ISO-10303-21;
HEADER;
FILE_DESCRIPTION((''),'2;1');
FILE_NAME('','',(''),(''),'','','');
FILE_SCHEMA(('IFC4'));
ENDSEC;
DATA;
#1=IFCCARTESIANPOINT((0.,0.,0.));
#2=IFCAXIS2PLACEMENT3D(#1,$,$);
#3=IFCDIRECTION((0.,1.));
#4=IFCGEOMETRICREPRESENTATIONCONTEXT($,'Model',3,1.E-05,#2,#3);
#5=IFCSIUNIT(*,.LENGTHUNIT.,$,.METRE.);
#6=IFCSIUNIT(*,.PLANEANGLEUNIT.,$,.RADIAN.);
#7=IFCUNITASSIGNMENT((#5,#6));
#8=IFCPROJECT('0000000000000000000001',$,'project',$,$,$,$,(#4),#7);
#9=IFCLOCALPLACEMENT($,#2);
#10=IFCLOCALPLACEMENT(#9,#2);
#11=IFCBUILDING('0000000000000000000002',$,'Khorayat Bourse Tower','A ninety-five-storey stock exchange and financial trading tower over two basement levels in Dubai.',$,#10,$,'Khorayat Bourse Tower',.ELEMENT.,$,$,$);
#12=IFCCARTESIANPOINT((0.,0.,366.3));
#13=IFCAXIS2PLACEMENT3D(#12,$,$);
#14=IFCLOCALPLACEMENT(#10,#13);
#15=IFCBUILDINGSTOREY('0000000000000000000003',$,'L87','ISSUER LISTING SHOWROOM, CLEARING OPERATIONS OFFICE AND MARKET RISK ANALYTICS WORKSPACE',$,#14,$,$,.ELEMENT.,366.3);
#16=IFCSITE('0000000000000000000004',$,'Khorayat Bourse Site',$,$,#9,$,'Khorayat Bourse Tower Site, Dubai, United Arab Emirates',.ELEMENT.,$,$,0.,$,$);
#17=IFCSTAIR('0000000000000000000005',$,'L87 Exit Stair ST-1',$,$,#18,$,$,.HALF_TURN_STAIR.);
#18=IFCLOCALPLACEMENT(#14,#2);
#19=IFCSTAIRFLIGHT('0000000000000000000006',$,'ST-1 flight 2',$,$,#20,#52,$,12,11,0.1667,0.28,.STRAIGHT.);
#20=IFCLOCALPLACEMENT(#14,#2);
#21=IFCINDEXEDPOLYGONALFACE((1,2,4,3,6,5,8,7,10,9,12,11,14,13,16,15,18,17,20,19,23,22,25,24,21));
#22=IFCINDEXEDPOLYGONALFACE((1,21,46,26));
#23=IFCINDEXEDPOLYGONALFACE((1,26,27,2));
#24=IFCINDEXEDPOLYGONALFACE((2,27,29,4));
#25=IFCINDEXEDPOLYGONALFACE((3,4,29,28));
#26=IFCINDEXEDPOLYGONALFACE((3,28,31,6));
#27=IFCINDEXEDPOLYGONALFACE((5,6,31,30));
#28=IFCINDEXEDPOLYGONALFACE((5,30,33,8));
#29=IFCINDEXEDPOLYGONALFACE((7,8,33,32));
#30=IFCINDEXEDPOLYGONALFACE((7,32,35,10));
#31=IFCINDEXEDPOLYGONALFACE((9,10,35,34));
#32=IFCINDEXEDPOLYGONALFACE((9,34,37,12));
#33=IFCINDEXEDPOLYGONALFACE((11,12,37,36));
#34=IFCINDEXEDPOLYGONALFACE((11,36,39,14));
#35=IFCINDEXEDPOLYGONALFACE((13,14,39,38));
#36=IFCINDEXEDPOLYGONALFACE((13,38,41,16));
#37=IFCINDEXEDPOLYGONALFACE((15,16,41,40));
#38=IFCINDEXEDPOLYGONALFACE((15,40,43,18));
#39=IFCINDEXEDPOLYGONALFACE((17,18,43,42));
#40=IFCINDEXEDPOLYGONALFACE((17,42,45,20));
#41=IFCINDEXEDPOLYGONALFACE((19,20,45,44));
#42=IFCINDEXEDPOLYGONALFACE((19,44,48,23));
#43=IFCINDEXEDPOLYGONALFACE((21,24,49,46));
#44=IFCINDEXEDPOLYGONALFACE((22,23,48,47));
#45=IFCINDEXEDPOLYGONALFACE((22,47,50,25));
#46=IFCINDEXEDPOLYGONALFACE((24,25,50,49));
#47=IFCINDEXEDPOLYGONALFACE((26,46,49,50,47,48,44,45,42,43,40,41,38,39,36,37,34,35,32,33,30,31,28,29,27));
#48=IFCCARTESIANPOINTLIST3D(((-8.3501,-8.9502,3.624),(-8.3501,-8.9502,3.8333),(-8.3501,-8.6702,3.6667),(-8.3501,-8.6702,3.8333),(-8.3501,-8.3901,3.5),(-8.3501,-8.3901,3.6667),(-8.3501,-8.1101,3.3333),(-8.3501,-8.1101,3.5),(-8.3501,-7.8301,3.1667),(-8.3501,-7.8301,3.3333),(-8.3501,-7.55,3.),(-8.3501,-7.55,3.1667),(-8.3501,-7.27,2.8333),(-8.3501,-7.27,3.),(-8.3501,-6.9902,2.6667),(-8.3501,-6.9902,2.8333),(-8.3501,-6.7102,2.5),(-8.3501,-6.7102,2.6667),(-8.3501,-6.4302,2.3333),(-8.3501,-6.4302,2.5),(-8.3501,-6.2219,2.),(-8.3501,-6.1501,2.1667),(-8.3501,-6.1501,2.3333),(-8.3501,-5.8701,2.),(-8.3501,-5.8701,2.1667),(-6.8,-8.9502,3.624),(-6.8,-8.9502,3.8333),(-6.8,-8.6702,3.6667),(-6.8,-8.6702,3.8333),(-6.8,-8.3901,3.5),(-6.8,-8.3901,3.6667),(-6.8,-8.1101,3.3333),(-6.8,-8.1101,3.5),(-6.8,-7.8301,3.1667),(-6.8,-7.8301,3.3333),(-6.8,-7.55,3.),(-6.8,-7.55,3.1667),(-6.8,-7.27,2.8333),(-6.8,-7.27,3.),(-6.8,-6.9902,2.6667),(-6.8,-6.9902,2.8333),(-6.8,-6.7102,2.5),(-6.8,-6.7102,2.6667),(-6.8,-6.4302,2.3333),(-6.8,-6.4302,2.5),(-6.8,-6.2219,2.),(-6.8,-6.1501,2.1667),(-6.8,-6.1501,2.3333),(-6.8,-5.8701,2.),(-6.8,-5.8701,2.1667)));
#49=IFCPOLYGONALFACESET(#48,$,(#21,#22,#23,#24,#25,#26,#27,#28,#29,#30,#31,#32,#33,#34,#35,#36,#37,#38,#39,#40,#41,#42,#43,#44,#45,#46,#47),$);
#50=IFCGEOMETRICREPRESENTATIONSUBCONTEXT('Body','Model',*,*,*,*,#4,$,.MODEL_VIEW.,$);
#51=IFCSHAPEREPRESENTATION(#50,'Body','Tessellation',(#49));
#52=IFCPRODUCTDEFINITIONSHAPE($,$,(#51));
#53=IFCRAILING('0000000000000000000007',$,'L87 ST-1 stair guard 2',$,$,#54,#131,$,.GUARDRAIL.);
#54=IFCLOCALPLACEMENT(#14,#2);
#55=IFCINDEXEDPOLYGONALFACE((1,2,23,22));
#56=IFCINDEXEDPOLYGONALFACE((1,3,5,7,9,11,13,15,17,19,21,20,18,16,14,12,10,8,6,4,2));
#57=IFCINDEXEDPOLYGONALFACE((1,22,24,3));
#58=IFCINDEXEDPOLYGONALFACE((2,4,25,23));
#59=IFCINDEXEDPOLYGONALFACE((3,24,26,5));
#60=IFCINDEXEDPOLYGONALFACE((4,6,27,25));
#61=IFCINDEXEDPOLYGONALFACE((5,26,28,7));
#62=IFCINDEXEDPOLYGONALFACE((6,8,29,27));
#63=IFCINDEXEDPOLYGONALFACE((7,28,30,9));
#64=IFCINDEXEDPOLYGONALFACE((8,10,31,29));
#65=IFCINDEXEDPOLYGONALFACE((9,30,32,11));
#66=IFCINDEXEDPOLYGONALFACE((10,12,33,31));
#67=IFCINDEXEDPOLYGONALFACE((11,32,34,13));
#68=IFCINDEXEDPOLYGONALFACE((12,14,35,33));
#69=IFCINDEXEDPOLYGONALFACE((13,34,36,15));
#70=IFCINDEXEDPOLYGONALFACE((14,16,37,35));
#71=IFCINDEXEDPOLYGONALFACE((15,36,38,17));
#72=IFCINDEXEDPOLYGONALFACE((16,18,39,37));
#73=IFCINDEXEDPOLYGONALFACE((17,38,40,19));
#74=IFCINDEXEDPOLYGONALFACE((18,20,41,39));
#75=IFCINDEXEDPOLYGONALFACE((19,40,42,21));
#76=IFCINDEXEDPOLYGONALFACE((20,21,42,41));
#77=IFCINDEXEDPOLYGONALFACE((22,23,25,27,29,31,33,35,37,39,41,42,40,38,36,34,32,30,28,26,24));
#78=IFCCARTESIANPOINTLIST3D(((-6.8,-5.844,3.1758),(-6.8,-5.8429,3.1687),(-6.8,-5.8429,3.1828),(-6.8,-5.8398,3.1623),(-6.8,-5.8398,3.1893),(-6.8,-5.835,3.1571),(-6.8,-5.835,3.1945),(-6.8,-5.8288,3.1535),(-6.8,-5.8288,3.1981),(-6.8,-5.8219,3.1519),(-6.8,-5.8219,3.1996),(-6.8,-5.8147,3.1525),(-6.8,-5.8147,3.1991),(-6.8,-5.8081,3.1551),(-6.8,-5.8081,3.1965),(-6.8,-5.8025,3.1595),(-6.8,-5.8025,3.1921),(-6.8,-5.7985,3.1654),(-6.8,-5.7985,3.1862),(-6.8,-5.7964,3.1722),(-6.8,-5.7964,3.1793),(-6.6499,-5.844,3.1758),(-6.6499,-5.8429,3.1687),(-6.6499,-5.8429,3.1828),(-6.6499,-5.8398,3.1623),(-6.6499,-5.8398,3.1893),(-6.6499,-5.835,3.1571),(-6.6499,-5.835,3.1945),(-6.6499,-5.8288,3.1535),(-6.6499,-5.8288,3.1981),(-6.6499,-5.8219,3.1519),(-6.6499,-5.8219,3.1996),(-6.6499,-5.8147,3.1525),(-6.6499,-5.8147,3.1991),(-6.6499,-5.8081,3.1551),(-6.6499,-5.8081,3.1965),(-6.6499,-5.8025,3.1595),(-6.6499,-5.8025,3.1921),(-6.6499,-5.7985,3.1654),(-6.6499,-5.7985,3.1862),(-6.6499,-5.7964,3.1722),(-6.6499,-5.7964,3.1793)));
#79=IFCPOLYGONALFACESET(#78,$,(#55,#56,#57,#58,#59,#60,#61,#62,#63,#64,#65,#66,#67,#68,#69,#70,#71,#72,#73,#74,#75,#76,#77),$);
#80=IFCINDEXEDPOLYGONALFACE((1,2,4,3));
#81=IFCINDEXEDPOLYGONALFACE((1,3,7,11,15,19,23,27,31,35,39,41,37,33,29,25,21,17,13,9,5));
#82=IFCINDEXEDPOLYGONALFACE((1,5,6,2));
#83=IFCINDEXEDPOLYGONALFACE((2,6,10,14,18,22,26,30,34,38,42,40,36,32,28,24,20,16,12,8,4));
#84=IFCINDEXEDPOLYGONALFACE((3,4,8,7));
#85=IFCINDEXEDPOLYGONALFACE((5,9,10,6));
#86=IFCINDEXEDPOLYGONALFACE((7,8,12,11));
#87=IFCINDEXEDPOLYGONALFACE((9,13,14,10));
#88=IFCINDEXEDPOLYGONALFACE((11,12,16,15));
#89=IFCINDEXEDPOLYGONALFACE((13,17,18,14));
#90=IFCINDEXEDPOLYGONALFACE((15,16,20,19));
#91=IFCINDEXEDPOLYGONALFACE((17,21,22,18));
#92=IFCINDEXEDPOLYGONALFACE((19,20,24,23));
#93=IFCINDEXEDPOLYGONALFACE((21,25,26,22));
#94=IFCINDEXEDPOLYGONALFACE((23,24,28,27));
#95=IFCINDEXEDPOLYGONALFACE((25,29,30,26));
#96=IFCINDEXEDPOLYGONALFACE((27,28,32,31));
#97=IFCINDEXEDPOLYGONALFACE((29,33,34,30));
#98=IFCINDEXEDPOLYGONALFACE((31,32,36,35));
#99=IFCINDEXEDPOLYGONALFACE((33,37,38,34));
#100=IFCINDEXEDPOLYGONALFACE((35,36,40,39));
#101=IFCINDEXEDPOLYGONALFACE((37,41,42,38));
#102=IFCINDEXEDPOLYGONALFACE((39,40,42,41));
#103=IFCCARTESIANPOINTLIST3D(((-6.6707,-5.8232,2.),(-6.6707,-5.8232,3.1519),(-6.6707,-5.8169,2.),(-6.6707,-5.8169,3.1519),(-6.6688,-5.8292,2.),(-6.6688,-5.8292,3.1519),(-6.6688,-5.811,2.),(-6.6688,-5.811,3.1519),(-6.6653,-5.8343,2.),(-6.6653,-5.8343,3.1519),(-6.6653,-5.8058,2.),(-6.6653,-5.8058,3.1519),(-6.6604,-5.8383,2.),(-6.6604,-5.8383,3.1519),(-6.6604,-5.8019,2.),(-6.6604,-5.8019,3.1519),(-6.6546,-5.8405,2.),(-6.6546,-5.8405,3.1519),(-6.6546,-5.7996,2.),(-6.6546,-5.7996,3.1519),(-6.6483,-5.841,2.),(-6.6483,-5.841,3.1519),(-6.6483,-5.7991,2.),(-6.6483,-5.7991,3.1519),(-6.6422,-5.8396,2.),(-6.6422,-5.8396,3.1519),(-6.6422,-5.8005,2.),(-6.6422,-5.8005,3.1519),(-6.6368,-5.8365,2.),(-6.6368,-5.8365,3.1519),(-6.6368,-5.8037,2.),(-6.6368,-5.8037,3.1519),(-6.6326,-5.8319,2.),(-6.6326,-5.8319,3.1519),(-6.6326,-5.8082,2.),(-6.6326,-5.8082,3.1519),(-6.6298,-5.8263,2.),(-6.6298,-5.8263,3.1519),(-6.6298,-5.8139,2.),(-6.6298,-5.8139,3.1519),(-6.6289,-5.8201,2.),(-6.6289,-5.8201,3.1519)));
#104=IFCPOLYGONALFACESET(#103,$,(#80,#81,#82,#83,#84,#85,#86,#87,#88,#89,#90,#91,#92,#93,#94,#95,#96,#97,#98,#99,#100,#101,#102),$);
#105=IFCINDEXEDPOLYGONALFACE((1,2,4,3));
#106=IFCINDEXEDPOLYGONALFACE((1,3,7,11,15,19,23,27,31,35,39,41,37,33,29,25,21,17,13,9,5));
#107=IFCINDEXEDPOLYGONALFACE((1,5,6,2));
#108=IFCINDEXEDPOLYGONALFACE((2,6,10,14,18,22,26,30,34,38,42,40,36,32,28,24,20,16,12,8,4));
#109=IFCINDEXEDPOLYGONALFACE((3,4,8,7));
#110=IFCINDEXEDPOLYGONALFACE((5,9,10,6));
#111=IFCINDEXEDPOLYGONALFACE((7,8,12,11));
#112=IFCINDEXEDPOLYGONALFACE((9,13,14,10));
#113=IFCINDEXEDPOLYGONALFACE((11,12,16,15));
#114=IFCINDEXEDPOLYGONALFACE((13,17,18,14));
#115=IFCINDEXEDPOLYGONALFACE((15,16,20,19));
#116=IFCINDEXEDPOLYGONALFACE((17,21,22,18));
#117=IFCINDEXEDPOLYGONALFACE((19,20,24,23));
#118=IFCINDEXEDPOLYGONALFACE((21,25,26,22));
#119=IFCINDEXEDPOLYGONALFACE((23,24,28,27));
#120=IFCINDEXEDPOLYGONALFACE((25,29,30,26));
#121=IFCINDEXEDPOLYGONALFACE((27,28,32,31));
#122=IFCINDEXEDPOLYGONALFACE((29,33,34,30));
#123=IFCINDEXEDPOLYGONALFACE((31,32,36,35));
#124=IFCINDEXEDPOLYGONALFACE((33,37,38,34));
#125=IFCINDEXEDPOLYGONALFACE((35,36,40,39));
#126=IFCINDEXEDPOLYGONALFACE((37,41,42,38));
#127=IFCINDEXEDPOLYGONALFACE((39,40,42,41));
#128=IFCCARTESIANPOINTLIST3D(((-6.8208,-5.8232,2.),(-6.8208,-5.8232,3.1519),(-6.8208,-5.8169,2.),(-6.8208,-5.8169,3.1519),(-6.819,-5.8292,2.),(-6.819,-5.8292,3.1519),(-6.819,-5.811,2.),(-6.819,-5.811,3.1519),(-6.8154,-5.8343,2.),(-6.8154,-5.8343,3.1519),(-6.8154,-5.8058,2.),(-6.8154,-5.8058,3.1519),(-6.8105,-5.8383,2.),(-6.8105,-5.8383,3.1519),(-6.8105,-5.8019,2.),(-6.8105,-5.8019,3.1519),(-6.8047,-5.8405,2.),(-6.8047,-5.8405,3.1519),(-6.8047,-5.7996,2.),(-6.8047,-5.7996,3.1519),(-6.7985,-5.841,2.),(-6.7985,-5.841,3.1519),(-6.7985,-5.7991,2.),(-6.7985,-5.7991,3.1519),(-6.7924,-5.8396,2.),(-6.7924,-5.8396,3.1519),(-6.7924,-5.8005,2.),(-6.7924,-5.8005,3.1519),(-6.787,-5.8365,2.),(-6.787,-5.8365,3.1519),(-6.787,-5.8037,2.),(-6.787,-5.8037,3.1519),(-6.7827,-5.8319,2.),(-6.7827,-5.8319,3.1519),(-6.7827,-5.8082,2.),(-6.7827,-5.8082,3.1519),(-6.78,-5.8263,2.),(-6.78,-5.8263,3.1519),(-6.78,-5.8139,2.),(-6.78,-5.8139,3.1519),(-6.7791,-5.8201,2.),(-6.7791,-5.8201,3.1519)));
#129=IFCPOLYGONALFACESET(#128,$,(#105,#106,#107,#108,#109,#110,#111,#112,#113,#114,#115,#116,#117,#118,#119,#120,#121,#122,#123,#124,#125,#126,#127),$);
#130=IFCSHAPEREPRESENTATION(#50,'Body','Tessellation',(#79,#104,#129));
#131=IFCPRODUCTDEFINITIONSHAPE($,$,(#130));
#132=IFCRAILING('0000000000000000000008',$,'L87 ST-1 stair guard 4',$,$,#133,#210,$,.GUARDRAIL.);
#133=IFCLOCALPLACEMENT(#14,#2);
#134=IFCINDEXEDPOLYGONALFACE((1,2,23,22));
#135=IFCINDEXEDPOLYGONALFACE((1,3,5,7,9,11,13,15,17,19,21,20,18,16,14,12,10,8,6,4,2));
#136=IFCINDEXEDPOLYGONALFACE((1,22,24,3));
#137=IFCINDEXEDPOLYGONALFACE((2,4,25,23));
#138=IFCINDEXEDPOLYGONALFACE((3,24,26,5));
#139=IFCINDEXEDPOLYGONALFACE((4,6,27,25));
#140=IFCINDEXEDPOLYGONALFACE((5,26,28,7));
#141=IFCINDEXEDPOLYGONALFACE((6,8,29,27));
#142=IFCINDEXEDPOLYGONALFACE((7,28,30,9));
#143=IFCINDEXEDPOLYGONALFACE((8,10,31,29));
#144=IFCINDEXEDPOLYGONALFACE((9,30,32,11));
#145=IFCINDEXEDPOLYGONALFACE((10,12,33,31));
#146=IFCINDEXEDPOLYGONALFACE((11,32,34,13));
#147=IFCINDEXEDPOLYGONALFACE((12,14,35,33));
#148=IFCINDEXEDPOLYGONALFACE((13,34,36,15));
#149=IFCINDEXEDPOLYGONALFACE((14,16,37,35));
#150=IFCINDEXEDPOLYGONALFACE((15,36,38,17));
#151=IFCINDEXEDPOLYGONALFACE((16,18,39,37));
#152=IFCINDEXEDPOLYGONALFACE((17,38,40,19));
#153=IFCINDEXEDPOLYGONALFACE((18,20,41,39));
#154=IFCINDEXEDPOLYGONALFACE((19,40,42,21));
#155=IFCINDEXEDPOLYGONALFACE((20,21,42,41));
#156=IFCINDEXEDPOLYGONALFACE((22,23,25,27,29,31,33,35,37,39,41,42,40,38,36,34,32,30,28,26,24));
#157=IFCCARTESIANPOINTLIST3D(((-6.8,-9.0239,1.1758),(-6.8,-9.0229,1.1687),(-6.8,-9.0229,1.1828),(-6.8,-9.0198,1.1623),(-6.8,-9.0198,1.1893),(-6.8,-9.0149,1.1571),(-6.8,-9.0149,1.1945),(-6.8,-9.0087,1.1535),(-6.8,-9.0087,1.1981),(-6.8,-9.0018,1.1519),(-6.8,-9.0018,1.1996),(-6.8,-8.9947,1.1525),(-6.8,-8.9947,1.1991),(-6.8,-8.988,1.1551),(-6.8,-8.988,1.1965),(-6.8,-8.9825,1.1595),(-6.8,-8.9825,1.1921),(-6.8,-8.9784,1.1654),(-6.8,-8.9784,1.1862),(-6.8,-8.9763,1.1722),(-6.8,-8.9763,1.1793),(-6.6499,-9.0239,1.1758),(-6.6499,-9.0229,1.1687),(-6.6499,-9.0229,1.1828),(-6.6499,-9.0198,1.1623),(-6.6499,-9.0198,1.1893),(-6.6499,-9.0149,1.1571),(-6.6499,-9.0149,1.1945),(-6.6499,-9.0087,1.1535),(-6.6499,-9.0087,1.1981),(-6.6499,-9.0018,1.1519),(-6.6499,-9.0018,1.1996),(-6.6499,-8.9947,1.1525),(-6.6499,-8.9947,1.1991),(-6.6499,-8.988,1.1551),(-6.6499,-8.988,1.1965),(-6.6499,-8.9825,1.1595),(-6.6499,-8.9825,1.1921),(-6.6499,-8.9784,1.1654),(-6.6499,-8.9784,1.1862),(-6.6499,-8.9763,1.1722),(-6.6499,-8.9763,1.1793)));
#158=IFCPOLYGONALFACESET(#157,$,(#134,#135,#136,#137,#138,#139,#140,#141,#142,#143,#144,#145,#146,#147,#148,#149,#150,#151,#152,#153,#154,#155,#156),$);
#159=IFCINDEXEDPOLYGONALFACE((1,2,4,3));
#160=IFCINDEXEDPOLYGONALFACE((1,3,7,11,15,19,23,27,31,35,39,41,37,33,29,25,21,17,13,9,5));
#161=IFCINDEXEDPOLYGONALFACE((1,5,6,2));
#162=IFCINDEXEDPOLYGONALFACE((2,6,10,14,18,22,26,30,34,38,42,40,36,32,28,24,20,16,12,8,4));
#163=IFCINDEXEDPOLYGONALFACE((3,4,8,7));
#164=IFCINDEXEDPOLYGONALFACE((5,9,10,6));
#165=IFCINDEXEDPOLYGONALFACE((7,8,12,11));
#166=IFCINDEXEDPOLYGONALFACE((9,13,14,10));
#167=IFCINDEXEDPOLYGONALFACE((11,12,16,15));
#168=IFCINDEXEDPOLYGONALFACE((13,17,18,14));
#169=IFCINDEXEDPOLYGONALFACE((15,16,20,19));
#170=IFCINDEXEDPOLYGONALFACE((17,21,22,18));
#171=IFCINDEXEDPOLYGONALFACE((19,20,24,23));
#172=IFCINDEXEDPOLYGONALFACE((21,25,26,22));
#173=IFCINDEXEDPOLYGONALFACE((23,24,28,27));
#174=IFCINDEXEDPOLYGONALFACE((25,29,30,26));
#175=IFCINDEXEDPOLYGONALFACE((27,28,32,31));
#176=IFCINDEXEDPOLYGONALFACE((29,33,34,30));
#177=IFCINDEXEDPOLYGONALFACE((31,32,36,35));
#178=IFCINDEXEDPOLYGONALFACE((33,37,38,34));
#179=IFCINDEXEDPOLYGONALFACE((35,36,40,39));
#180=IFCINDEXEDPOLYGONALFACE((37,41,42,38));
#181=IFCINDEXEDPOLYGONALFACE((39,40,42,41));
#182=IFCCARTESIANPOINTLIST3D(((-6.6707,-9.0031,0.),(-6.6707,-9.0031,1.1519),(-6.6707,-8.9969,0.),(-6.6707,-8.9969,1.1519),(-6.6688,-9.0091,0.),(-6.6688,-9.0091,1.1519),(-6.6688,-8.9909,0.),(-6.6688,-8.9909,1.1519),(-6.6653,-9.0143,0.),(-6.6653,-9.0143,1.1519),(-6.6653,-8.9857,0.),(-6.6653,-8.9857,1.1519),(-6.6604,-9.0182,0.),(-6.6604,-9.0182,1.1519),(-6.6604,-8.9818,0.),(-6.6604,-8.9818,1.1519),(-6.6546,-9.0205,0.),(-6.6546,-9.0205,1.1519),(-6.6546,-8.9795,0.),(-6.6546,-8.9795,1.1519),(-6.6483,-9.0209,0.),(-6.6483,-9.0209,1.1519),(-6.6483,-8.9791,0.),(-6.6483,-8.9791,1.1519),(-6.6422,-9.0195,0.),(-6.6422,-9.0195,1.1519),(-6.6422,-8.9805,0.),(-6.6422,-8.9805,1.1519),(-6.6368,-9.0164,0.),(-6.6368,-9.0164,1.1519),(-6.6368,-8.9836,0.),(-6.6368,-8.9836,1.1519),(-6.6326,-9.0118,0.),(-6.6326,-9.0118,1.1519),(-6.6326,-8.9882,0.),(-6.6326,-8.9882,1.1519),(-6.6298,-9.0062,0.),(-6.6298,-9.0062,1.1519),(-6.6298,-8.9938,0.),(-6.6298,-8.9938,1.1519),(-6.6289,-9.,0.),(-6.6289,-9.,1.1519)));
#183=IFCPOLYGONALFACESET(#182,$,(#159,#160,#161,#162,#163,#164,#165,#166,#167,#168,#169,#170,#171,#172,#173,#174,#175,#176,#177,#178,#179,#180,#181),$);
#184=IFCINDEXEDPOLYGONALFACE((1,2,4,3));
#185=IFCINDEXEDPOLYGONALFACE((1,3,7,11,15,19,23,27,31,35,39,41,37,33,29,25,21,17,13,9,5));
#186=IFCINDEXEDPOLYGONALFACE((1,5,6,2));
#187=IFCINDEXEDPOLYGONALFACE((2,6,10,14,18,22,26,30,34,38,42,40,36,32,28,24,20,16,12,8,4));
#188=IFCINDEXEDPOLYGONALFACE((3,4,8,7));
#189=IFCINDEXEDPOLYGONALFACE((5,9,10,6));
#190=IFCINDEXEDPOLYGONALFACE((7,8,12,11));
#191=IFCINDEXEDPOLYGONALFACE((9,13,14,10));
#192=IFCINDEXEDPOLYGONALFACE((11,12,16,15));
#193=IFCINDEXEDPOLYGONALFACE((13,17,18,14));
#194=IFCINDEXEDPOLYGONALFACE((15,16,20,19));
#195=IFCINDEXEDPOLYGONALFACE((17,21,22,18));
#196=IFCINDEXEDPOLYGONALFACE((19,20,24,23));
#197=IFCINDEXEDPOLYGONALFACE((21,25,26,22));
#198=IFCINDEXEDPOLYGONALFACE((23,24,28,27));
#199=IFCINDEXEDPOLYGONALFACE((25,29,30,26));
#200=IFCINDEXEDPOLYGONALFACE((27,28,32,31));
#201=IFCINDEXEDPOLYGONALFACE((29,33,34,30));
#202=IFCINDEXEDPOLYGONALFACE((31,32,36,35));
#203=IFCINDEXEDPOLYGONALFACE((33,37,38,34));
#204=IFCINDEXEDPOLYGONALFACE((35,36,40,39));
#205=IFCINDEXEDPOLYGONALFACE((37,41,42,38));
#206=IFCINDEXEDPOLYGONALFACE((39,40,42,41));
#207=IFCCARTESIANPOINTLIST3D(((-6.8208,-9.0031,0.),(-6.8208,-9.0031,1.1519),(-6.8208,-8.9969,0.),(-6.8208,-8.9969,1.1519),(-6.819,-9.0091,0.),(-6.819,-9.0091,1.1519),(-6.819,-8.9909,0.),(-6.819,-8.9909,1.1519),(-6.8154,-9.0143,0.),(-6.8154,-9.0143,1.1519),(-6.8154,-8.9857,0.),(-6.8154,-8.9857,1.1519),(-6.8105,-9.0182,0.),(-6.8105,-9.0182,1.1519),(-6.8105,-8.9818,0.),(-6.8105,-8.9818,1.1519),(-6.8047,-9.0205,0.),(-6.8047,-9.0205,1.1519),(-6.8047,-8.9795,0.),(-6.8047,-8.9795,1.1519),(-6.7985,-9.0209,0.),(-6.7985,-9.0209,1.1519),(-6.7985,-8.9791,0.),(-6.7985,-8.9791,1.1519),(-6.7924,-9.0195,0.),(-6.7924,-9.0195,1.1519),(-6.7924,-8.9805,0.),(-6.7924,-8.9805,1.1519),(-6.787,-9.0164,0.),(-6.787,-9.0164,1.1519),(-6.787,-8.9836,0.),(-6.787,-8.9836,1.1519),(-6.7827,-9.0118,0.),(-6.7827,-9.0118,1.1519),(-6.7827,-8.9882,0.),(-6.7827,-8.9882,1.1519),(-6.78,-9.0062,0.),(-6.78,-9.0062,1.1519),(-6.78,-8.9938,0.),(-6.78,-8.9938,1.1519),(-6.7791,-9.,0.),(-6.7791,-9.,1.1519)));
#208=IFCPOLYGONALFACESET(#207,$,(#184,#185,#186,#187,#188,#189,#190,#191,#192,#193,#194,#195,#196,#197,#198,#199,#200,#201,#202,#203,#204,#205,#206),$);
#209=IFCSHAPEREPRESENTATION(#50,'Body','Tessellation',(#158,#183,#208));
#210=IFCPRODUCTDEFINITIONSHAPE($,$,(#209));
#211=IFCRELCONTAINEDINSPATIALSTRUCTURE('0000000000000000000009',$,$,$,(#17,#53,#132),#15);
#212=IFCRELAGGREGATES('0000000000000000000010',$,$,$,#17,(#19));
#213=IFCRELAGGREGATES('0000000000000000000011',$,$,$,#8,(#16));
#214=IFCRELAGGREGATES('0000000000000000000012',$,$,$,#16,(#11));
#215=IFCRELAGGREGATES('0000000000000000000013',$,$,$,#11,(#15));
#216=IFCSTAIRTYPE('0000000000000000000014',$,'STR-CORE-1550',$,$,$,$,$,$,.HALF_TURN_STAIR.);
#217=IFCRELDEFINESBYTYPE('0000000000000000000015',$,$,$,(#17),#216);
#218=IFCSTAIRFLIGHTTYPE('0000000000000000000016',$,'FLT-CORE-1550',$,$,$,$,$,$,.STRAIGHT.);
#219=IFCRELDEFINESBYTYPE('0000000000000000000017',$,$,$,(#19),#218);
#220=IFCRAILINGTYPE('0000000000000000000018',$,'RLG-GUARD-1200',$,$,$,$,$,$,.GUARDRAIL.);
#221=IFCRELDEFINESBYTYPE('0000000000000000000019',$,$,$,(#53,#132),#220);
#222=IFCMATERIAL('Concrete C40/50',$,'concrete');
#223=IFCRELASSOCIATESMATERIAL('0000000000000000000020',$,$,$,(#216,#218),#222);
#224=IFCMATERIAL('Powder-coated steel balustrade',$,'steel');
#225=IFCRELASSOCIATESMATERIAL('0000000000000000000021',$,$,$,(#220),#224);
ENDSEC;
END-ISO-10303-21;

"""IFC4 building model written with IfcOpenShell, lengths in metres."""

from ifc_helpers import new_model, si_unit, direction, frame, origin, origin_2d, place, context, subcontext, project, spatial, polyline, circle, outline, extrude, source, transform, mapped, material, type_object, element, aggregate, save


model = new_model("IFC4")

# Units and contexts
model_context = context("Model", 3, precision=1e-05, world=origin(), true_north=direction((0.0, 1.0)))
body_context = subcontext(model_context, "Body", "Model", "MODEL_VIEW")
ifc_project = project(units=[si_unit("LENGTHUNIT", "METRE"), si_unit("PLANEANGLEUNIT", "RADIAN")], contexts=[model_context])

# Site, building, storey
site_placement = place(None, origin())
site = spatial("IfcSite", under=ifc_project, at=site_placement, Name="Khorayat Bourse Site", LongName="Khorayat Bourse Tower Site, Dubai, United Arab Emirates", CompositionType="ELEMENT", RefElevation=0.0)
building_placement = place(site_placement, origin())
building = spatial("IfcBuilding", under=site, at=building_placement, Name="Khorayat Bourse Tower", Description="A ninety-five-storey stock exchange and financial trading tower over two basement levels in Dubai.", LongName="Khorayat Bourse Tower", CompositionType="ELEMENT")
storey_placement = place(building_placement, frame((0.0, 0.0, 366.3)))
storey = spatial("IfcBuildingStorey", under=building, at=storey_placement, Name="L87", Description="ISSUER LISTING SHOWROOM, CLEARING OPERATIONS OFFICE AND MARKET RISK ANALYTICS WORKSPACE", CompositionType="ELEMENT", Elevation=366.3)

# Stair, stair flight
ifc_material_1 = material(Name="Concrete C40/50", Category="concrete")
stair_type = type_object("IfcStairType", Name="STR-CORE-1550", PredefinedType="HALF_TURN_STAIR", material=ifc_material_1)
stair_placement = place(storey_placement, origin())
stair = element("IfcStair", 1, at=stair_placement, inside=storey, type_object=stair_type, Name="L87 Exit Stair ST-1", PredefinedType="HALF_TURN_STAIR")
stair_flight_type = type_object("IfcStairFlightType", Name="FLT-CORE-1550", PredefinedType="STRAIGHT", material=ifc_material_1)
shared_shape_1 = source(origin(), body_context, "Body", "SweptSolid", [
    extrude(outline(polyline([(0.0, 0.0), (0.0, 0.1667), (0.28, 0.1667), (0.28, 0.3333), (0.5601, 0.3333), (0.5601, 0.5), (0.8401, 0.5), (0.8401, 0.6667), (1.1201, 0.6667), (1.1201, 0.8333), (1.3999, 0.8333), (1.3999, 1.0), (1.6799, 1.0), (1.6799, 1.1667), (1.96, 1.1667), (1.96, 1.3333), (2.24, 1.3333), (2.24, 1.5), (2.52, 1.5), (2.52, 1.6667), (2.8, 1.6667), (2.8, 1.8333), (3.0801, 1.8333), (3.0801, 2.0), (3.0801, 1.624), (0.3518, 0.0), (0.0, 0.0)])), frame((0.0, 0.7749, 0.0), z_axis=(0.0, -1.0, 0.0), x_axis=(1.0, 0.0, 0.0)), (0.0, 0.0, 1.0), 1.55),
])
stair_flight_1_placement = place(storey_placement, frame((-7.575, -5.8701, 2.0), z_axis=(0.0, 0.0, 1.0), x_axis=(0.0, -1.0, 0.0)))
stair_flight_1 = element("IfcStairFlight", 2, at=stair_flight_1_placement, type_object=stair_flight_type, Name="ST-1 flight 2", NumberOfRisers=12, NumberOfTreads=11, PredefinedType="STRAIGHT", RiserHeight=0.1667, TreadLength=0.28, context=body_context, shape_type="MappedRepresentation", body=[
    mapped(shared_shape_1, transform((0.0, 0.0, 0.0), scale=1.0)),
])
aggregate(stair, [stair_flight_1])

# Railings
ifc_material_2 = material(Name="Powder-coated steel balustrade", Category="steel")
railing_type_1 = type_object("IfcRailingType", Name="RLG-GUARD-1200", PredefinedType="GUARDRAIL", material=ifc_material_2)
shared_shape_2 = source(origin(), body_context, "Body", "SweptSolid", [
    extrude(circle(Radius=0.0239, at=origin_2d()), frame((0.0, 0.0, 1.1758), z_axis=(-1.0, 0.0, 0.0), x_axis=(0.0, -1.0, 0.0)), (0.0, 0.0, 1.0), 0.1501),
    extrude(circle(Radius=0.021, at=origin_2d()), origin(), (0.0, 0.0, 1.0), 1.1519),
    extrude(circle(Radius=0.021, at=origin_2d()), frame((-0.1501, 0.0, 0.0)), (0.0, 0.0, 1.0), 1.1519),
])
for number, where, name in (
    (3, (-6.6499, -5.8201, 2.0), "L87 ST-1 stair guard 2"),
    (4, (-6.6499, -9.0, 0.0), "L87 ST-1 stair guard 4"),
):
    element("IfcRailing", number, at=place(storey_placement, frame(where)), inside=storey, type_object=railing_type_1, Name=name, PredefinedType="GUARDRAIL", context=body_context, shape_type="MappedRepresentation", body=[
        mapped(shared_shape_2, transform((0.0, 0.0, 0.0), scale=1.0)),
    ])

save(model, "model.ifc")
